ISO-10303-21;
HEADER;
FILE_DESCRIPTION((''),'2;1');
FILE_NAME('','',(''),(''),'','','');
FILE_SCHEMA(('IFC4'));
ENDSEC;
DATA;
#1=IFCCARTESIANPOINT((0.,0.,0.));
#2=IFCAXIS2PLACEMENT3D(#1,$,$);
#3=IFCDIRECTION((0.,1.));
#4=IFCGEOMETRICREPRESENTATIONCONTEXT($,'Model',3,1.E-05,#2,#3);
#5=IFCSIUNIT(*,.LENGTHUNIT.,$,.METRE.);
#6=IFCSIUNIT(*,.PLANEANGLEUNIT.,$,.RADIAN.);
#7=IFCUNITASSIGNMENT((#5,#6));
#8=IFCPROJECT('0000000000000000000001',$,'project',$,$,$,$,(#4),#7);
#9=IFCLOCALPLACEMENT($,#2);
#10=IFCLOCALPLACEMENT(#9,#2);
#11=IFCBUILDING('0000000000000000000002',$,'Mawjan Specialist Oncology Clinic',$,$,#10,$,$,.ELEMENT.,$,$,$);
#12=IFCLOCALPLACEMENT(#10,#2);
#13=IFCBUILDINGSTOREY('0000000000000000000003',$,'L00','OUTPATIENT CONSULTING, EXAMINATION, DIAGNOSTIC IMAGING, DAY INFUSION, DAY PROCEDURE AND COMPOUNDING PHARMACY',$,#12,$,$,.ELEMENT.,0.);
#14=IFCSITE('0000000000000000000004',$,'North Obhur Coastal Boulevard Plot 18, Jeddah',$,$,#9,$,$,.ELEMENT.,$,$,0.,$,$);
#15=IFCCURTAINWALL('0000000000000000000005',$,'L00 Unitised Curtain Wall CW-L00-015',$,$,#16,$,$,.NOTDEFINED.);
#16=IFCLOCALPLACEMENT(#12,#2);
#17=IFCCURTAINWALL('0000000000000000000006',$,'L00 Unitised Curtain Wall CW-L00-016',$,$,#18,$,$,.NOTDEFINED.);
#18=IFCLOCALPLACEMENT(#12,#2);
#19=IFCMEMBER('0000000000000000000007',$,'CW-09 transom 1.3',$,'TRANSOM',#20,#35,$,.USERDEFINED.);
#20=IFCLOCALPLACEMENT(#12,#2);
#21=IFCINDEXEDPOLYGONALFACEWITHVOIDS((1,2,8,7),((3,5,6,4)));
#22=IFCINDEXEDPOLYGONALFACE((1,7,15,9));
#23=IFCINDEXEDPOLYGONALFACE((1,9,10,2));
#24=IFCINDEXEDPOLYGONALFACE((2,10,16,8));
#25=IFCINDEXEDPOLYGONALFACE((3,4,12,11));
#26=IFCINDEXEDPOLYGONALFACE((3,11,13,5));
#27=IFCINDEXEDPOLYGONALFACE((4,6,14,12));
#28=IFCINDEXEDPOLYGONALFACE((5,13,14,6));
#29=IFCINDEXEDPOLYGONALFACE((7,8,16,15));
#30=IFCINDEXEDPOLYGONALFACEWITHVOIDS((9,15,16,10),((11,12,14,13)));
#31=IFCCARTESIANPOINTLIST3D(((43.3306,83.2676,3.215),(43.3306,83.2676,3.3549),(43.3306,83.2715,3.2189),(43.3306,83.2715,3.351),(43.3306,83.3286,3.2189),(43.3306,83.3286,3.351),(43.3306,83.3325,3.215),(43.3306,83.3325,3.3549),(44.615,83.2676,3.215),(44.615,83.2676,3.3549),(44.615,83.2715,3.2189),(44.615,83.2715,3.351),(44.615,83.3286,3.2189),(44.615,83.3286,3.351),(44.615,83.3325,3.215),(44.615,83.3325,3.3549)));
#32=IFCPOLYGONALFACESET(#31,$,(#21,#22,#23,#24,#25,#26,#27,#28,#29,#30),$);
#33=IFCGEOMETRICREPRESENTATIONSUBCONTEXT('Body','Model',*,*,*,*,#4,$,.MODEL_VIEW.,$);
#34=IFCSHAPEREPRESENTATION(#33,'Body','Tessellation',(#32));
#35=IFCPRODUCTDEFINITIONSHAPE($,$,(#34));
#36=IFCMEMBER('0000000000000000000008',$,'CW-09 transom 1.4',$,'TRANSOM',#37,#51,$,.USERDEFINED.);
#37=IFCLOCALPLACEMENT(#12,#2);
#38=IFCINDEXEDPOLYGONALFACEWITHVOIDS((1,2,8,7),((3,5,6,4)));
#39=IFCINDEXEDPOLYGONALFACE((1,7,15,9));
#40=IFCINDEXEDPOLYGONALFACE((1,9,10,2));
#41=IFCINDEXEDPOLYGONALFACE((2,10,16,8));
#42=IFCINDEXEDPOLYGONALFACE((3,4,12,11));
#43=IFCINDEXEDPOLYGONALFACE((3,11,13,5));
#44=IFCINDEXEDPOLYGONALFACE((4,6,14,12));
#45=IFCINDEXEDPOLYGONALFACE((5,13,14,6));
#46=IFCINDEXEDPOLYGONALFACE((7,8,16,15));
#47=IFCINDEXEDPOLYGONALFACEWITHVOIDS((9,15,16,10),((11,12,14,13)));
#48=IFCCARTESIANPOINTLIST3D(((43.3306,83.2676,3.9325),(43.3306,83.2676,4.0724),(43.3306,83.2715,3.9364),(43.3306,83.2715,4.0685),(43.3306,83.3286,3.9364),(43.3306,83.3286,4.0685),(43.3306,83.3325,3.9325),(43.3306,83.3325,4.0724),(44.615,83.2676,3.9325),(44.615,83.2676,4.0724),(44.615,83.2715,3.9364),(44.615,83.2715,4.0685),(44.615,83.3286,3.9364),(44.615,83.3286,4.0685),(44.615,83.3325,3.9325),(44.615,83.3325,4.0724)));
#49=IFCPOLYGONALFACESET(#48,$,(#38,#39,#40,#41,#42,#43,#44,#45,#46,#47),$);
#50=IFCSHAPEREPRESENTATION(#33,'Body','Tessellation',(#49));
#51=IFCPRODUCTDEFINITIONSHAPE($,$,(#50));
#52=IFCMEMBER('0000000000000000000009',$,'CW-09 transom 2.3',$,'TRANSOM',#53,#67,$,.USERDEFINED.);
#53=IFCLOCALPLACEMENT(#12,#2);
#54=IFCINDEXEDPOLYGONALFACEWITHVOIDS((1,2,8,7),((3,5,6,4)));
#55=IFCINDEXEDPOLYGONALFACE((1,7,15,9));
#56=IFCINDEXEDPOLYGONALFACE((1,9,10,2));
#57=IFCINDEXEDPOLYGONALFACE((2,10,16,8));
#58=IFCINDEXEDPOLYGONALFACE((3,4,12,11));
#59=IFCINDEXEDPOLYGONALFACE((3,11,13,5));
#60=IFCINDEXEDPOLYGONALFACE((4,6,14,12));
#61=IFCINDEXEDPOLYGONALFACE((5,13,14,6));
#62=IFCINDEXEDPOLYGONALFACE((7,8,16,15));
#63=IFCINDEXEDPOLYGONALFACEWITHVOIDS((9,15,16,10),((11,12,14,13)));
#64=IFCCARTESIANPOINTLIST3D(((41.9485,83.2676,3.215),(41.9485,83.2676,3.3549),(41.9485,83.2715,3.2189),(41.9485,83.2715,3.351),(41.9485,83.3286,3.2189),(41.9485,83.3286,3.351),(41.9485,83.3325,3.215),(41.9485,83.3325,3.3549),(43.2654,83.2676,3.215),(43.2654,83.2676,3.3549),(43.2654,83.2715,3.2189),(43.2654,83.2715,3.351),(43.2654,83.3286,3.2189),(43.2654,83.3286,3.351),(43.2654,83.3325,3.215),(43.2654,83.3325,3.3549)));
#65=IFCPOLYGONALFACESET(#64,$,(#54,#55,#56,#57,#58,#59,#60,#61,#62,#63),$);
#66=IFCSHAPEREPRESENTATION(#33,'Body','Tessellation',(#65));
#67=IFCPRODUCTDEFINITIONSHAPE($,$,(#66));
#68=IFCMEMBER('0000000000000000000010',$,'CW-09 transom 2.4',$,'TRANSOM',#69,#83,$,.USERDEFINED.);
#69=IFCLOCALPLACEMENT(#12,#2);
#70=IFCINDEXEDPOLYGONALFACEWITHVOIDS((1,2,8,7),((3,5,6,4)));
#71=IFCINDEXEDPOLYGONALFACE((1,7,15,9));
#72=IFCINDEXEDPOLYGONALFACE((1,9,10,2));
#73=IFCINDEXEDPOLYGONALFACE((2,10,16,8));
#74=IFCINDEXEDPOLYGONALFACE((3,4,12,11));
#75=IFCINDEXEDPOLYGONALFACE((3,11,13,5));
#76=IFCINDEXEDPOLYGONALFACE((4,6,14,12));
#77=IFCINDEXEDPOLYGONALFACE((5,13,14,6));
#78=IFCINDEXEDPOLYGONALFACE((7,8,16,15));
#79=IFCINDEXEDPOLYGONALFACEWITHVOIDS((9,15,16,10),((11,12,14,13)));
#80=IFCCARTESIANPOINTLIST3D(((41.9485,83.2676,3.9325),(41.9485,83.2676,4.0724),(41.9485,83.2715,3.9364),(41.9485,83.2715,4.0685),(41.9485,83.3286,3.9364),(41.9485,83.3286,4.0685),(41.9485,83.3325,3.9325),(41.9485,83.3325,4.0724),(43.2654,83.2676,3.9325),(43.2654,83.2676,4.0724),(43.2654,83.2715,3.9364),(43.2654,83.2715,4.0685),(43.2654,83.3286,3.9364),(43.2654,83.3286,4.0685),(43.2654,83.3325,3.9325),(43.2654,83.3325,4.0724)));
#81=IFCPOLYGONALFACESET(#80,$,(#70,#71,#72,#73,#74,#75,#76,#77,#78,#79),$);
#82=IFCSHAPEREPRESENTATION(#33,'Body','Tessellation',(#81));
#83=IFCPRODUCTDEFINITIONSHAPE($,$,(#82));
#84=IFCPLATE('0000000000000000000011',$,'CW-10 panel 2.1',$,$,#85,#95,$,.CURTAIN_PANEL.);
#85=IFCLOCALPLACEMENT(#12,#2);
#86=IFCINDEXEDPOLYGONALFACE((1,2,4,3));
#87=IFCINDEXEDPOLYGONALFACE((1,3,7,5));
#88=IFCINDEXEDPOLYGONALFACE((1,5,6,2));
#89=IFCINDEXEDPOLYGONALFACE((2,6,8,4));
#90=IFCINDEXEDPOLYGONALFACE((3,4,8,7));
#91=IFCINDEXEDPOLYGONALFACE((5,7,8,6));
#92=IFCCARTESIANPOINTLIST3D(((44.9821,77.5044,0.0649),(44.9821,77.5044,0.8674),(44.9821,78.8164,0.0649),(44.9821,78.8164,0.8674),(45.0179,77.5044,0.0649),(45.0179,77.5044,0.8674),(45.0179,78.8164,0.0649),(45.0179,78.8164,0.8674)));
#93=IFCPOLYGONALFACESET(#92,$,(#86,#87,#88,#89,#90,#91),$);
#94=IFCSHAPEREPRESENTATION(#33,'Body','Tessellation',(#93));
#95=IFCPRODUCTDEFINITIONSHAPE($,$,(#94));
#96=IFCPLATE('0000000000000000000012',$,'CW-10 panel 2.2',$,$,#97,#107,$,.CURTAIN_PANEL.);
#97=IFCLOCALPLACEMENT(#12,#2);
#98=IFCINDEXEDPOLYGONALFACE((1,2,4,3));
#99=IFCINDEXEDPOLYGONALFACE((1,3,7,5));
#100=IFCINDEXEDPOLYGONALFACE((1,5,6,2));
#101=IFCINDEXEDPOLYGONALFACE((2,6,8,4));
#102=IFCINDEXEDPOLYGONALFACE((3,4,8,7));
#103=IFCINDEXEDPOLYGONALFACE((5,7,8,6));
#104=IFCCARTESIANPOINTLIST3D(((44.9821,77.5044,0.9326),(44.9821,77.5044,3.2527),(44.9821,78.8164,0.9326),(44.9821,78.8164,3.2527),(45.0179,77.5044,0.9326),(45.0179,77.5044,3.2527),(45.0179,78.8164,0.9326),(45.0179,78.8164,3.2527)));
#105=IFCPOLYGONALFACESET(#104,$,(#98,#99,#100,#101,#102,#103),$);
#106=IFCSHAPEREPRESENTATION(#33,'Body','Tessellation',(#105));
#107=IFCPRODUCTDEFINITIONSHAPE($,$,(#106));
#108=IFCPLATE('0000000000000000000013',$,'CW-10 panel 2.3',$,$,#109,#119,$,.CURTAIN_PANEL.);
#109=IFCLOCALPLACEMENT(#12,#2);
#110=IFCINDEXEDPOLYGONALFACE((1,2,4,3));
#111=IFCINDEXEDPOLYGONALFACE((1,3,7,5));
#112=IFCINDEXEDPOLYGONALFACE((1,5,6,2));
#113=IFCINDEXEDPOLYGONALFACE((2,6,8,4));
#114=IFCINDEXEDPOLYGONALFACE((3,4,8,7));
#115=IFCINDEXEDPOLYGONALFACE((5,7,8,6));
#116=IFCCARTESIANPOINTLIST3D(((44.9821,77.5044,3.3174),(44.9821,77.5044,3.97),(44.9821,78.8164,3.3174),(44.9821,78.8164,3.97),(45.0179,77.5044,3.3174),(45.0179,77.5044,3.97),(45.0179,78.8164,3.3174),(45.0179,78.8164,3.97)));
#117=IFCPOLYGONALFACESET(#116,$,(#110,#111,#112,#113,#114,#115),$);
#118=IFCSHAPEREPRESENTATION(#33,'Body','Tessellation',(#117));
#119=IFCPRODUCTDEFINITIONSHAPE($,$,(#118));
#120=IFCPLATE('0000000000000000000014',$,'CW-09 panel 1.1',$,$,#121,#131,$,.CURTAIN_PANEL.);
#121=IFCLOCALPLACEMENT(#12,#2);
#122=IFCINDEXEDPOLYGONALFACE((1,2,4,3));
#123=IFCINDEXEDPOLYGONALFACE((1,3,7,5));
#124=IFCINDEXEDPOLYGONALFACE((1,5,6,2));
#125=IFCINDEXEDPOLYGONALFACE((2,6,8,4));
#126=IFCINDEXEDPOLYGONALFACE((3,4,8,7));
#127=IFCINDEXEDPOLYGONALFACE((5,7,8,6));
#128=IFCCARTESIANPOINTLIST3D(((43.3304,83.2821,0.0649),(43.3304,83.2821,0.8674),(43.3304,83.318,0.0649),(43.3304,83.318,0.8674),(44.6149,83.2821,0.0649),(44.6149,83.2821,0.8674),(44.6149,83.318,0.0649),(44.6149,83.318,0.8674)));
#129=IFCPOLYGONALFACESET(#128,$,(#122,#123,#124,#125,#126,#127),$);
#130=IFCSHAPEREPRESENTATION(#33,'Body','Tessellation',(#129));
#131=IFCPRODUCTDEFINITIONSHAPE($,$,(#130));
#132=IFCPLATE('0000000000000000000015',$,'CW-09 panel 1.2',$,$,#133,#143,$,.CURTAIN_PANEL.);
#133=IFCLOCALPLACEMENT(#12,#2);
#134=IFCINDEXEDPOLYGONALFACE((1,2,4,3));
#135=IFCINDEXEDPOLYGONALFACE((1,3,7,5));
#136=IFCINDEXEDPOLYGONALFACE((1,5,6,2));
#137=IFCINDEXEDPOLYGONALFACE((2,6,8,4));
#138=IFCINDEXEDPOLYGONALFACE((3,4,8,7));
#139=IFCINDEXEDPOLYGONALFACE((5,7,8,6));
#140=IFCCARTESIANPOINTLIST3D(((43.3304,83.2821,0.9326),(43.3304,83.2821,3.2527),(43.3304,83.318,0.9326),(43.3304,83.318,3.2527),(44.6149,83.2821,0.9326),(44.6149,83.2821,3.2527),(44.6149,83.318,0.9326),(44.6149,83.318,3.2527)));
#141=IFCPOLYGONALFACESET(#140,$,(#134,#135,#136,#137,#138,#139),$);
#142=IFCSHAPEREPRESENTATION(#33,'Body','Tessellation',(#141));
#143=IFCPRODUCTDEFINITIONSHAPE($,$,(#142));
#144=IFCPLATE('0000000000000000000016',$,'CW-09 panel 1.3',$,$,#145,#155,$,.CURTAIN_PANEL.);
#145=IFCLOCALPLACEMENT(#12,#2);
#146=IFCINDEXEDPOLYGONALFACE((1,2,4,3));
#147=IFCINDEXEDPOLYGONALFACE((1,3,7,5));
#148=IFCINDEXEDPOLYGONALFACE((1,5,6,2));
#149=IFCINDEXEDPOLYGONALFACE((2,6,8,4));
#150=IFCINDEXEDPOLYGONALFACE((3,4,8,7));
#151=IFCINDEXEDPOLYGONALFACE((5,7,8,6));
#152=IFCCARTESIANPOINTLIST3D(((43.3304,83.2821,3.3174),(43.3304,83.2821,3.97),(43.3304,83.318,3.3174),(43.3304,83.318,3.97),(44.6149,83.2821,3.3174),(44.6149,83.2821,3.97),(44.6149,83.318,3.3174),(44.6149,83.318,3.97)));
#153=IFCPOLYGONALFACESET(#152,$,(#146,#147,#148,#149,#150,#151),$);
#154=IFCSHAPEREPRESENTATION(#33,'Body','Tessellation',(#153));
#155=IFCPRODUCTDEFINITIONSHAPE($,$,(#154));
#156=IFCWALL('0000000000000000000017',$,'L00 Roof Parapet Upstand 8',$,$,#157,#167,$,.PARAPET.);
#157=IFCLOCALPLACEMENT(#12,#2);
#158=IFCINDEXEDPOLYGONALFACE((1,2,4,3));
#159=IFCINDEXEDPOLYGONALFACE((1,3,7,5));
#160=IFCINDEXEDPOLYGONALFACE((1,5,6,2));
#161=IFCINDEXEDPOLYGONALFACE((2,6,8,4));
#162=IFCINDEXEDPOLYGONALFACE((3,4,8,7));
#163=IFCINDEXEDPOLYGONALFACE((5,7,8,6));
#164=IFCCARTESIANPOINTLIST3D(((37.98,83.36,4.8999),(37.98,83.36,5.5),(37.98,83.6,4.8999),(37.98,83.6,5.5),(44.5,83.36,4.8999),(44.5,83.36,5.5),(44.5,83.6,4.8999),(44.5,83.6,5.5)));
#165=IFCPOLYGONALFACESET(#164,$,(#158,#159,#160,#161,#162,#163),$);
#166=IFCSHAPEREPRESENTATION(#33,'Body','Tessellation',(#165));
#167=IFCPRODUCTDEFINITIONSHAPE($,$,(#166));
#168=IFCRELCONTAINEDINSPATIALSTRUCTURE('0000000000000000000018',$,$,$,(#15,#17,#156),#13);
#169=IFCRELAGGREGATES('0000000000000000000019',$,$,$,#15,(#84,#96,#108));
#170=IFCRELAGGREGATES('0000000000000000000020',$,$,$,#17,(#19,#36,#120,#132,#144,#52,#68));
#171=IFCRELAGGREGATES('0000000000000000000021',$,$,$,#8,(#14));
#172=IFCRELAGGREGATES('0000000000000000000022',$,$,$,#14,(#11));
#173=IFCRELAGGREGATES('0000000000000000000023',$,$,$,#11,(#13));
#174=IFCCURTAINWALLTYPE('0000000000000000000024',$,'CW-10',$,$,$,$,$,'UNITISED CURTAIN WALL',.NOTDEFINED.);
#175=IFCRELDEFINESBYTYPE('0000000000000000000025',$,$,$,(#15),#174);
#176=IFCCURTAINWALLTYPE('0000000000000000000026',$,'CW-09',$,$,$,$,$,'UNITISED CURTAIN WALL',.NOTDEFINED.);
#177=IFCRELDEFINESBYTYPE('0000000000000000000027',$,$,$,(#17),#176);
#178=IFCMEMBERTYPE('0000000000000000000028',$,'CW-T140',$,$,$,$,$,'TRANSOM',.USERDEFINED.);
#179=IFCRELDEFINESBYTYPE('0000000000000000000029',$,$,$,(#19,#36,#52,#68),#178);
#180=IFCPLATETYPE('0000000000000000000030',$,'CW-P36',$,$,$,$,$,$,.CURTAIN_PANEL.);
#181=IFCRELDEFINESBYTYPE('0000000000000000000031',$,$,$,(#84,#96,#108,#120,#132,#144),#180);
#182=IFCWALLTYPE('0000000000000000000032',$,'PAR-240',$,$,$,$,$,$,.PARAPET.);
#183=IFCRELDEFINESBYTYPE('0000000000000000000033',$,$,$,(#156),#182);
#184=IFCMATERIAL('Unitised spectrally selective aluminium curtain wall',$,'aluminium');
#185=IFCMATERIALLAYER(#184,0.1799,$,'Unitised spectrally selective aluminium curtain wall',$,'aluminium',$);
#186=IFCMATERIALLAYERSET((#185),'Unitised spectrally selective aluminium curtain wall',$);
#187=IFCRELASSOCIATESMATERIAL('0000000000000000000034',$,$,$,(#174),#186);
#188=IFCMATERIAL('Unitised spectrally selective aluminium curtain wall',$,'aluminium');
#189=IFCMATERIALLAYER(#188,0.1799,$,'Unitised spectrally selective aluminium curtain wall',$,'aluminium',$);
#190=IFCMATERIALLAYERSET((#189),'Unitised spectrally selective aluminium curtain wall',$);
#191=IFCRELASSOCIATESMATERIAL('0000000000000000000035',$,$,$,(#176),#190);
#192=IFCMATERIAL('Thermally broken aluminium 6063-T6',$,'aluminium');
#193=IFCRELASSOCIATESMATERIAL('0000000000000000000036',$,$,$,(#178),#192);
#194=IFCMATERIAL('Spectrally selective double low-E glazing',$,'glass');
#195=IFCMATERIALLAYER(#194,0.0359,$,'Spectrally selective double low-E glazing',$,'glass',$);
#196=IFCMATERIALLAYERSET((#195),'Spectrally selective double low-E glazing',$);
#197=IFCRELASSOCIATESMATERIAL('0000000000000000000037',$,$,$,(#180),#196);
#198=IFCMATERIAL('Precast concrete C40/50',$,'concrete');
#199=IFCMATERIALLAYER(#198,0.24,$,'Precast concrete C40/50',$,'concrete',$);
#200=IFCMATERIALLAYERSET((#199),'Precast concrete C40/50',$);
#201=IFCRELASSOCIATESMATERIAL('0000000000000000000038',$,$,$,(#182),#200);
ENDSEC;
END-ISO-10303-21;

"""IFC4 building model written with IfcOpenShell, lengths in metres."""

from ifc_helpers import new_model, si_unit, direction, frame, frame_2d, origin, origin_2d, place, context, subcontext, project, spatial, rectangle, hollow_rectangle, extrude, material, layer, layer_set, material_profile, profile_set, type_object, element, aggregate, save


model = new_model("IFC4")

# Units and contexts
model_context = context("Model", 3, precision=1e-05, world=origin(), true_north=direction((0.0, 1.0)))
body_context = subcontext(model_context, "Body", "Model", "MODEL_VIEW")
ifc_project = project(units=[si_unit("LENGTHUNIT", "METRE"), si_unit("PLANEANGLEUNIT", "RADIAN")], contexts=[model_context])

# Site, building, storey
site_placement = place(None, origin())
site = spatial("IfcSite", under=ifc_project, at=site_placement, Name="North Obhur Coastal Boulevard Plot 18, Jeddah", CompositionType="ELEMENT", RefElevation=0.0)
building_placement = place(site_placement, origin())
building = spatial("IfcBuilding", under=site, at=building_placement, Name="Mawjan Specialist Oncology Clinic", CompositionType="ELEMENT")
storey_placement = place(building_placement, origin())
storey = spatial("IfcBuildingStorey", under=building, at=storey_placement, Name="L00", Description="OUTPATIENT CONSULTING, EXAMINATION, DIAGNOSTIC IMAGING, DAY INFUSION, DAY PROCEDURE AND COMPOUNDING PHARMACY", CompositionType="ELEMENT", Elevation=0.0)

# Curtain wall
ifc_material_1 = material(Name="Unitised spectrally selective aluminium curtain wall", Category="aluminium")
ifc_layer_1 = layer(ifc_material_1, 0.1799, Name="Unitised spectrally selective aluminium curtain wall", Category="aluminium")
ifc_layer_set_1 = layer_set([ifc_layer_1], Name="Unitised spectrally selective aluminium curtain wall")
curtain_wall_type_1 = type_object("IfcCurtainWallType", Name="CW-10", ElementType="UNITISED CURTAIN WALL", PredefinedType="NOTDEFINED", material=ifc_layer_set_1)
curtain_wall_1_placement = place(storey_placement, origin())
curtain_wall_1 = element("IfcCurtainWall", 1, at=curtain_wall_1_placement, inside=storey, type_object=curtain_wall_type_1, Name="L00 Unitised Curtain Wall CW-L00-015", PredefinedType="NOTDEFINED")

# Curtain wall
ifc_material_2 = material(Name="Unitised spectrally selective aluminium curtain wall", Category="aluminium")
ifc_layer_2 = layer(ifc_material_2, 0.1799, Name="Unitised spectrally selective aluminium curtain wall", Category="aluminium")
ifc_layer_set_2 = layer_set([ifc_layer_2], Name="Unitised spectrally selective aluminium curtain wall")
curtain_wall_type_2 = type_object("IfcCurtainWallType", Name="CW-09", ElementType="UNITISED CURTAIN WALL", PredefinedType="NOTDEFINED", material=ifc_layer_set_2)
curtain_wall_2_placement = place(storey_placement, origin())
curtain_wall_2 = element("IfcCurtainWall", 2, at=curtain_wall_2_placement, inside=storey, type_object=curtain_wall_type_2, Name="L00 Unitised Curtain Wall CW-L00-016", PredefinedType="NOTDEFINED")

# Members
ifc_material_3 = material(Name="Thermally broken aluminium 6063-T6", Category="aluminium")
ifc_material_profile_1 = material_profile(ifc_material_3, hollow_rectangle(XDim=0.0649, YDim=0.1399, WallThickness=0.0039, at=origin_2d()), Name="ALU TRANSOM 140x65x4", Category="aluminium")
ifc_profile_set_1 = profile_set([ifc_material_profile_1], Name="Thermally broken aluminium 6063-T6")
member_type_1 = type_object("IfcMemberType", Name="CW-T140", ElementType="TRANSOM", PredefinedType="USERDEFINED", material=ifc_profile_set_1)
member_1_placement = place(storey_placement, frame((44.615, 83.3, 3.2849), z_axis=(-1.0, 0.0, 0.0), x_axis=(0.0, -1.0, 0.0)))
member_1 = element("IfcMember", 3, at=member_1_placement, type_object=member_type_1, Name="CW-09 transom 1.3", ObjectType="TRANSOM", PredefinedType="USERDEFINED", context=body_context, shape_type="SweptSolid", body=[
    extrude(hollow_rectangle(XDim=0.0649, YDim=0.1399, WallThickness=0.0039, at=origin_2d()), origin(), (0.0, 0.0, 1.0), 1.2844),
])
member_2_placement = place(storey_placement, frame((44.615, 83.3, 4.0024), z_axis=(-1.0, 0.0, 0.0), x_axis=(0.0, -1.0, 0.0)))
member_2 = element("IfcMember", 4, at=member_2_placement, type_object=member_type_1, Name="CW-09 transom 1.4", ObjectType="TRANSOM", PredefinedType="USERDEFINED", context=body_context, shape_type="SweptSolid", body=[
    extrude(hollow_rectangle(XDim=0.0649, YDim=0.1399, WallThickness=0.0039, at=origin_2d()), origin(), (0.0, 0.0, 1.0), 1.2844),
])
member_3_placement = place(storey_placement, frame((43.2654, 83.3, 3.2849), z_axis=(-1.0, 0.0, 0.0), x_axis=(0.0, -1.0, 0.0)))
member_3 = element("IfcMember", 5, at=member_3_placement, type_object=member_type_1, Name="CW-09 transom 2.3", ObjectType="TRANSOM", PredefinedType="USERDEFINED", context=body_context, shape_type="SweptSolid", body=[
    extrude(hollow_rectangle(XDim=0.0649, YDim=0.1399, WallThickness=0.0039, at=origin_2d()), origin(), (0.0, 0.0, 1.0), 1.3169),
])
member_4_placement = place(storey_placement, frame((43.2654, 83.3, 4.0024), z_axis=(-1.0, 0.0, 0.0), x_axis=(0.0, -1.0, 0.0)))
member_4 = element("IfcMember", 6, at=member_4_placement, type_object=member_type_1, Name="CW-09 transom 2.4", ObjectType="TRANSOM", PredefinedType="USERDEFINED", context=body_context, shape_type="SweptSolid", body=[
    extrude(hollow_rectangle(XDim=0.0649, YDim=0.1399, WallThickness=0.0039, at=origin_2d()), origin(), (0.0, 0.0, 1.0), 1.3169),
])

# Plates
ifc_material_4 = material(Name="Spectrally selective double low-E glazing", Category="glass")
ifc_layer_3 = layer(ifc_material_4, 0.0359, Name="Spectrally selective double low-E glazing", Category="glass")
ifc_layer_set_3 = layer_set([ifc_layer_3], Name="Spectrally selective double low-E glazing")
plate_type = type_object("IfcPlateType", Name="CW-P36", PredefinedType="CURTAIN_PANEL", material=ifc_layer_set_3)
plate_1_placement = place(storey_placement, frame((45.0, 78.1604, 0.0649), z_axis=(0.0, 0.0, 1.0), x_axis=(0.0, 1.0, 0.0)))
plate_1 = element("IfcPlate", 7, at=plate_1_placement, type_object=plate_type, Name="CW-10 panel 2.1", PredefinedType="CURTAIN_PANEL", context=body_context, shape_type="SweptSolid", body=[
    extrude(rectangle(XDim=1.312, YDim=0.0359, at=origin_2d()), origin(), (0.0, 0.0, 1.0), 0.8025),
])
plate_2_placement = place(storey_placement, frame((45.0, 78.1604, 0.9326), z_axis=(0.0, 0.0, 1.0), x_axis=(0.0, 1.0, 0.0)))
plate_2 = element("IfcPlate", 8, at=plate_2_placement, type_object=plate_type, Name="CW-10 panel 2.2", PredefinedType="CURTAIN_PANEL", context=body_context, shape_type="SweptSolid", body=[
    extrude(rectangle(XDim=1.312, YDim=0.0359, at=origin_2d()), origin(), (0.0, 0.0, 1.0), 2.3201),
])
plate_3_placement = place(storey_placement, frame((45.0, 78.1604, 3.3174), z_axis=(0.0, 0.0, 1.0), x_axis=(0.0, 1.0, 0.0)))
plate_3 = element("IfcPlate", 9, at=plate_3_placement, type_object=plate_type, Name="CW-10 panel 2.3", PredefinedType="CURTAIN_PANEL", context=body_context, shape_type="SweptSolid", body=[
    extrude(rectangle(XDim=1.312, YDim=0.0359, at=origin_2d()), origin(), (0.0, 0.0, 1.0), 0.6526),
])
aggregate(curtain_wall_1, [plate_1, plate_2, plate_3])
plate_4_placement = place(storey_placement, frame((43.9727, 83.3, 0.0649), z_axis=(0.0, 0.0, 1.0), x_axis=(-1.0, 0.0, 0.0)))
plate_4 = element("IfcPlate", 10, at=plate_4_placement, type_object=plate_type, Name="CW-09 panel 1.1", PredefinedType="CURTAIN_PANEL", context=body_context, shape_type="SweptSolid", body=[
    extrude(rectangle(XDim=1.2844, YDim=0.0359, at=origin_2d()), origin(), (0.0, 0.0, 1.0), 0.8025),
])
plate_5_placement = place(storey_placement, frame((43.9727, 83.3, 0.9326), z_axis=(0.0, 0.0, 1.0), x_axis=(-1.0, 0.0, 0.0)))
plate_5 = element("IfcPlate", 11, at=plate_5_placement, type_object=plate_type, Name="CW-09 panel 1.2", PredefinedType="CURTAIN_PANEL", context=body_context, shape_type="SweptSolid", body=[
    extrude(rectangle(XDim=1.2844, YDim=0.0359, at=origin_2d()), origin(), (0.0, 0.0, 1.0), 2.3201),
])
plate_6_placement = place(storey_placement, frame((43.9727, 83.3, 3.3174), z_axis=(0.0, 0.0, 1.0), x_axis=(-1.0, 0.0, 0.0)))
plate_6 = element("IfcPlate", 12, at=plate_6_placement, type_object=plate_type, Name="CW-09 panel 1.3", PredefinedType="CURTAIN_PANEL", context=body_context, shape_type="SweptSolid", body=[
    extrude(rectangle(XDim=1.2844, YDim=0.0359, at=origin_2d()), origin(), (0.0, 0.0, 1.0), 0.6526),
])
aggregate(curtain_wall_2, [member_1, member_2, plate_4, plate_5, plate_6, member_3, member_4])

# Wall
ifc_material_5 = material(Name="Precast concrete C40/50", Category="concrete")
ifc_layer_4 = layer(ifc_material_5, 0.24, Name="Precast concrete C40/50", Category="concrete")
ifc_layer_set_4 = layer_set([ifc_layer_4], Name="Precast concrete C40/50")
wall_type = type_object("IfcWallType", Name="PAR-240", PredefinedType="PARAPET", material=ifc_layer_set_4)
wall_placement = place(storey_placement, frame((44.5, 83.48, 4.8999), z_axis=(0.0, 0.0, 1.0), x_axis=(-1.0, 0.0, 0.0)))
element("IfcWall", 13, at=wall_placement, inside=storey, type_object=wall_type, Name="L00 Roof Parapet Upstand 8", PredefinedType="PARAPET", context=body_context, shape_type="SweptSolid", body=[
    extrude(rectangle(XDim=6.52, YDim=0.24, at=frame_2d((3.26, 0.0))), origin(), (0.0, 0.0, 1.0), 0.6001),
])

save(model, "model.ifc")
